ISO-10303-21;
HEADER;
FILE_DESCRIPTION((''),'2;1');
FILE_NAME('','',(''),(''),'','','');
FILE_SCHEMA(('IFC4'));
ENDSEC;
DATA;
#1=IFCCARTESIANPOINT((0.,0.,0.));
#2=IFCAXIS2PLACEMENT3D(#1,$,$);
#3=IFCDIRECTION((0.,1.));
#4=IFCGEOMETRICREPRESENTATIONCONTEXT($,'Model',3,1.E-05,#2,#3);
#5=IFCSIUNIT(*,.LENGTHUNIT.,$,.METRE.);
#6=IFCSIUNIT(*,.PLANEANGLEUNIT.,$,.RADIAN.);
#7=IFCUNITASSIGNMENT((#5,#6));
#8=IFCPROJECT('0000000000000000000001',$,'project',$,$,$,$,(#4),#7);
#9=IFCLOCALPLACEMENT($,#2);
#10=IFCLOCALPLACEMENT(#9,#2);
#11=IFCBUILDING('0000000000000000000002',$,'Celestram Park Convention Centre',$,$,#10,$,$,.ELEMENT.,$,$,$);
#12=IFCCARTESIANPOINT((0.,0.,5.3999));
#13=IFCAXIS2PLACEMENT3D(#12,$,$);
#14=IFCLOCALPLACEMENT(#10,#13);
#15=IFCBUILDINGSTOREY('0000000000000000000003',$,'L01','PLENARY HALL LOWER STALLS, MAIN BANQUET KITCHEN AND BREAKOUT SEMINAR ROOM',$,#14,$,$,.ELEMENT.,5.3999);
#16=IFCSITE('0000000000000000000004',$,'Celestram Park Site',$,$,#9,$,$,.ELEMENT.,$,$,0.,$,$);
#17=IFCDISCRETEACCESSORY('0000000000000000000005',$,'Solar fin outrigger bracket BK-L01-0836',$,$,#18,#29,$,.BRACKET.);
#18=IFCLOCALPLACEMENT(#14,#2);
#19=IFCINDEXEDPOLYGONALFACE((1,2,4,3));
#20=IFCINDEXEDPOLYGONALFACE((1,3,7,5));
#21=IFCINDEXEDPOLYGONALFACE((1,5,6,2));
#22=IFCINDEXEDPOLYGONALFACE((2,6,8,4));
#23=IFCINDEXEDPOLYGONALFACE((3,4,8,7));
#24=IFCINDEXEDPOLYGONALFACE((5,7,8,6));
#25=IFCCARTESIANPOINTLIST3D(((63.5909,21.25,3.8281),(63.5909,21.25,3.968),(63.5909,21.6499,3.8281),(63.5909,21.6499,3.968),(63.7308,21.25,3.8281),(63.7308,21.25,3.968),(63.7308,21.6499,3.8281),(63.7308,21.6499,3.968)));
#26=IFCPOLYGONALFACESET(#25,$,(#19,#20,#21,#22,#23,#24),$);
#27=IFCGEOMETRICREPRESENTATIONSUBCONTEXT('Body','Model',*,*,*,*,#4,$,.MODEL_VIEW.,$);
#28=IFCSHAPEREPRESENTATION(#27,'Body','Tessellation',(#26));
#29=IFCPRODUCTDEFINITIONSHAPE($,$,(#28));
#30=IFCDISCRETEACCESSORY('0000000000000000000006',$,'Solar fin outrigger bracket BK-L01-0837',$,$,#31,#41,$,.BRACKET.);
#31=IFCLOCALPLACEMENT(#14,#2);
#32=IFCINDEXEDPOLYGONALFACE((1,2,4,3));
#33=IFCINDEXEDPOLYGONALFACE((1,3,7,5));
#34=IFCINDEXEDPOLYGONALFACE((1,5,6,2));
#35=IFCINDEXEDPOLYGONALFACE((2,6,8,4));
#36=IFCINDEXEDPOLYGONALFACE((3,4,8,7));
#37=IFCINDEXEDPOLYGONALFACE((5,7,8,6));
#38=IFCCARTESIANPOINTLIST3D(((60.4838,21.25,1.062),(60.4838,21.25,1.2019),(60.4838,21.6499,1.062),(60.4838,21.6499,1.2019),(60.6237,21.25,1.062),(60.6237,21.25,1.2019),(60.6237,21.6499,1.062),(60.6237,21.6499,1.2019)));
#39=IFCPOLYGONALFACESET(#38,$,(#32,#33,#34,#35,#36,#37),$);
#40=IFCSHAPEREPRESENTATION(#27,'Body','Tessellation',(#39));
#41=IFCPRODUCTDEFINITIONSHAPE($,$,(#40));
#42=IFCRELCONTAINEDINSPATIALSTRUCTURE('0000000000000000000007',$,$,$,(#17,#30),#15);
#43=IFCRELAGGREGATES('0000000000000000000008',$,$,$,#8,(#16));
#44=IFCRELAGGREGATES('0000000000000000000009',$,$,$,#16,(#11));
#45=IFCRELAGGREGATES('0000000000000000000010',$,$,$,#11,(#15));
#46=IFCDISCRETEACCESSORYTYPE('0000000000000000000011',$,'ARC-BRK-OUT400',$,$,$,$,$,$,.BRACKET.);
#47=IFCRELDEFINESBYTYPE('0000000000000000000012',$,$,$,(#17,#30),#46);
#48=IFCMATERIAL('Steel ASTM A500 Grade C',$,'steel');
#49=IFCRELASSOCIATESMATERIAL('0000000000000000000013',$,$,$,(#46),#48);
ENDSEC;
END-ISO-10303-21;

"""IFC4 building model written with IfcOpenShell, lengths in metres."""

from ifc_helpers import new_model, si_unit, direction, frame, origin, origin_2d, place, context, subcontext, project, spatial, rectangle, extrude, material, type_object, element, save


model = new_model("IFC4")

# Units and contexts
model_context = context("Model", 3, precision=1e-05, world=origin(), true_north=direction((0.0, 1.0)))
body_context = subcontext(model_context, "Body", "Model", "MODEL_VIEW")
ifc_project = project(units=[si_unit("LENGTHUNIT", "METRE"), si_unit("PLANEANGLEUNIT", "RADIAN")], contexts=[model_context])

# Site, building, storey
site_placement = place(None, origin())
site = spatial("IfcSite", under=ifc_project, at=site_placement, Name="Celestram Park Site", CompositionType="ELEMENT", RefElevation=0.0)
building_placement = place(site_placement, origin())
building = spatial("IfcBuilding", under=site, at=building_placement, Name="Celestram Park Convention Centre", CompositionType="ELEMENT")
storey_placement = place(building_placement, frame((0.0, 0.0, 5.3999)))
storey = spatial("IfcBuildingStorey", under=building, at=storey_placement, Name="L01", Description="PLENARY HALL LOWER STALLS, MAIN BANQUET KITCHEN AND BREAKOUT SEMINAR ROOM", CompositionType="ELEMENT", Elevation=5.3999)

# Discrete accessories
ifc_material_1 = material(Name="Steel ASTM A500 Grade C", Category="steel")
discrete_accessory_type = type_object("IfcDiscreteAccessoryType", Name="ARC-BRK-OUT400", PredefinedType="BRACKET", material=ifc_material_1)
for number, where, z_axis, x_axis, name in (
    (1, (63.6609, 21.45, 3.8281), (0.0, 0.0, 1.0), (0.0, -1.0, 0.0), "Solar fin outrigger bracket BK-L01-0836"),
    (2, (60.5537, 21.45, 1.062), (0.0, 0.0, 1.0), (0.0, -1.0, 0.0), "Solar fin outrigger bracket BK-L01-0837"),
):
    element("IfcDiscreteAccessory", number, at=place(storey_placement, frame(where, z_axis=z_axis, x_axis=x_axis)), inside=storey, type_object=discrete_accessory_type, Name=name, PredefinedType="BRACKET", context=body_context, shape_type="SweptSolid", body=[
        extrude(rectangle(XDim=0.3999, YDim=0.1399, at=origin_2d()), origin(), (0.0, 0.0, 1.0), 0.1399),
    ])

save(model, "model.ifc")
